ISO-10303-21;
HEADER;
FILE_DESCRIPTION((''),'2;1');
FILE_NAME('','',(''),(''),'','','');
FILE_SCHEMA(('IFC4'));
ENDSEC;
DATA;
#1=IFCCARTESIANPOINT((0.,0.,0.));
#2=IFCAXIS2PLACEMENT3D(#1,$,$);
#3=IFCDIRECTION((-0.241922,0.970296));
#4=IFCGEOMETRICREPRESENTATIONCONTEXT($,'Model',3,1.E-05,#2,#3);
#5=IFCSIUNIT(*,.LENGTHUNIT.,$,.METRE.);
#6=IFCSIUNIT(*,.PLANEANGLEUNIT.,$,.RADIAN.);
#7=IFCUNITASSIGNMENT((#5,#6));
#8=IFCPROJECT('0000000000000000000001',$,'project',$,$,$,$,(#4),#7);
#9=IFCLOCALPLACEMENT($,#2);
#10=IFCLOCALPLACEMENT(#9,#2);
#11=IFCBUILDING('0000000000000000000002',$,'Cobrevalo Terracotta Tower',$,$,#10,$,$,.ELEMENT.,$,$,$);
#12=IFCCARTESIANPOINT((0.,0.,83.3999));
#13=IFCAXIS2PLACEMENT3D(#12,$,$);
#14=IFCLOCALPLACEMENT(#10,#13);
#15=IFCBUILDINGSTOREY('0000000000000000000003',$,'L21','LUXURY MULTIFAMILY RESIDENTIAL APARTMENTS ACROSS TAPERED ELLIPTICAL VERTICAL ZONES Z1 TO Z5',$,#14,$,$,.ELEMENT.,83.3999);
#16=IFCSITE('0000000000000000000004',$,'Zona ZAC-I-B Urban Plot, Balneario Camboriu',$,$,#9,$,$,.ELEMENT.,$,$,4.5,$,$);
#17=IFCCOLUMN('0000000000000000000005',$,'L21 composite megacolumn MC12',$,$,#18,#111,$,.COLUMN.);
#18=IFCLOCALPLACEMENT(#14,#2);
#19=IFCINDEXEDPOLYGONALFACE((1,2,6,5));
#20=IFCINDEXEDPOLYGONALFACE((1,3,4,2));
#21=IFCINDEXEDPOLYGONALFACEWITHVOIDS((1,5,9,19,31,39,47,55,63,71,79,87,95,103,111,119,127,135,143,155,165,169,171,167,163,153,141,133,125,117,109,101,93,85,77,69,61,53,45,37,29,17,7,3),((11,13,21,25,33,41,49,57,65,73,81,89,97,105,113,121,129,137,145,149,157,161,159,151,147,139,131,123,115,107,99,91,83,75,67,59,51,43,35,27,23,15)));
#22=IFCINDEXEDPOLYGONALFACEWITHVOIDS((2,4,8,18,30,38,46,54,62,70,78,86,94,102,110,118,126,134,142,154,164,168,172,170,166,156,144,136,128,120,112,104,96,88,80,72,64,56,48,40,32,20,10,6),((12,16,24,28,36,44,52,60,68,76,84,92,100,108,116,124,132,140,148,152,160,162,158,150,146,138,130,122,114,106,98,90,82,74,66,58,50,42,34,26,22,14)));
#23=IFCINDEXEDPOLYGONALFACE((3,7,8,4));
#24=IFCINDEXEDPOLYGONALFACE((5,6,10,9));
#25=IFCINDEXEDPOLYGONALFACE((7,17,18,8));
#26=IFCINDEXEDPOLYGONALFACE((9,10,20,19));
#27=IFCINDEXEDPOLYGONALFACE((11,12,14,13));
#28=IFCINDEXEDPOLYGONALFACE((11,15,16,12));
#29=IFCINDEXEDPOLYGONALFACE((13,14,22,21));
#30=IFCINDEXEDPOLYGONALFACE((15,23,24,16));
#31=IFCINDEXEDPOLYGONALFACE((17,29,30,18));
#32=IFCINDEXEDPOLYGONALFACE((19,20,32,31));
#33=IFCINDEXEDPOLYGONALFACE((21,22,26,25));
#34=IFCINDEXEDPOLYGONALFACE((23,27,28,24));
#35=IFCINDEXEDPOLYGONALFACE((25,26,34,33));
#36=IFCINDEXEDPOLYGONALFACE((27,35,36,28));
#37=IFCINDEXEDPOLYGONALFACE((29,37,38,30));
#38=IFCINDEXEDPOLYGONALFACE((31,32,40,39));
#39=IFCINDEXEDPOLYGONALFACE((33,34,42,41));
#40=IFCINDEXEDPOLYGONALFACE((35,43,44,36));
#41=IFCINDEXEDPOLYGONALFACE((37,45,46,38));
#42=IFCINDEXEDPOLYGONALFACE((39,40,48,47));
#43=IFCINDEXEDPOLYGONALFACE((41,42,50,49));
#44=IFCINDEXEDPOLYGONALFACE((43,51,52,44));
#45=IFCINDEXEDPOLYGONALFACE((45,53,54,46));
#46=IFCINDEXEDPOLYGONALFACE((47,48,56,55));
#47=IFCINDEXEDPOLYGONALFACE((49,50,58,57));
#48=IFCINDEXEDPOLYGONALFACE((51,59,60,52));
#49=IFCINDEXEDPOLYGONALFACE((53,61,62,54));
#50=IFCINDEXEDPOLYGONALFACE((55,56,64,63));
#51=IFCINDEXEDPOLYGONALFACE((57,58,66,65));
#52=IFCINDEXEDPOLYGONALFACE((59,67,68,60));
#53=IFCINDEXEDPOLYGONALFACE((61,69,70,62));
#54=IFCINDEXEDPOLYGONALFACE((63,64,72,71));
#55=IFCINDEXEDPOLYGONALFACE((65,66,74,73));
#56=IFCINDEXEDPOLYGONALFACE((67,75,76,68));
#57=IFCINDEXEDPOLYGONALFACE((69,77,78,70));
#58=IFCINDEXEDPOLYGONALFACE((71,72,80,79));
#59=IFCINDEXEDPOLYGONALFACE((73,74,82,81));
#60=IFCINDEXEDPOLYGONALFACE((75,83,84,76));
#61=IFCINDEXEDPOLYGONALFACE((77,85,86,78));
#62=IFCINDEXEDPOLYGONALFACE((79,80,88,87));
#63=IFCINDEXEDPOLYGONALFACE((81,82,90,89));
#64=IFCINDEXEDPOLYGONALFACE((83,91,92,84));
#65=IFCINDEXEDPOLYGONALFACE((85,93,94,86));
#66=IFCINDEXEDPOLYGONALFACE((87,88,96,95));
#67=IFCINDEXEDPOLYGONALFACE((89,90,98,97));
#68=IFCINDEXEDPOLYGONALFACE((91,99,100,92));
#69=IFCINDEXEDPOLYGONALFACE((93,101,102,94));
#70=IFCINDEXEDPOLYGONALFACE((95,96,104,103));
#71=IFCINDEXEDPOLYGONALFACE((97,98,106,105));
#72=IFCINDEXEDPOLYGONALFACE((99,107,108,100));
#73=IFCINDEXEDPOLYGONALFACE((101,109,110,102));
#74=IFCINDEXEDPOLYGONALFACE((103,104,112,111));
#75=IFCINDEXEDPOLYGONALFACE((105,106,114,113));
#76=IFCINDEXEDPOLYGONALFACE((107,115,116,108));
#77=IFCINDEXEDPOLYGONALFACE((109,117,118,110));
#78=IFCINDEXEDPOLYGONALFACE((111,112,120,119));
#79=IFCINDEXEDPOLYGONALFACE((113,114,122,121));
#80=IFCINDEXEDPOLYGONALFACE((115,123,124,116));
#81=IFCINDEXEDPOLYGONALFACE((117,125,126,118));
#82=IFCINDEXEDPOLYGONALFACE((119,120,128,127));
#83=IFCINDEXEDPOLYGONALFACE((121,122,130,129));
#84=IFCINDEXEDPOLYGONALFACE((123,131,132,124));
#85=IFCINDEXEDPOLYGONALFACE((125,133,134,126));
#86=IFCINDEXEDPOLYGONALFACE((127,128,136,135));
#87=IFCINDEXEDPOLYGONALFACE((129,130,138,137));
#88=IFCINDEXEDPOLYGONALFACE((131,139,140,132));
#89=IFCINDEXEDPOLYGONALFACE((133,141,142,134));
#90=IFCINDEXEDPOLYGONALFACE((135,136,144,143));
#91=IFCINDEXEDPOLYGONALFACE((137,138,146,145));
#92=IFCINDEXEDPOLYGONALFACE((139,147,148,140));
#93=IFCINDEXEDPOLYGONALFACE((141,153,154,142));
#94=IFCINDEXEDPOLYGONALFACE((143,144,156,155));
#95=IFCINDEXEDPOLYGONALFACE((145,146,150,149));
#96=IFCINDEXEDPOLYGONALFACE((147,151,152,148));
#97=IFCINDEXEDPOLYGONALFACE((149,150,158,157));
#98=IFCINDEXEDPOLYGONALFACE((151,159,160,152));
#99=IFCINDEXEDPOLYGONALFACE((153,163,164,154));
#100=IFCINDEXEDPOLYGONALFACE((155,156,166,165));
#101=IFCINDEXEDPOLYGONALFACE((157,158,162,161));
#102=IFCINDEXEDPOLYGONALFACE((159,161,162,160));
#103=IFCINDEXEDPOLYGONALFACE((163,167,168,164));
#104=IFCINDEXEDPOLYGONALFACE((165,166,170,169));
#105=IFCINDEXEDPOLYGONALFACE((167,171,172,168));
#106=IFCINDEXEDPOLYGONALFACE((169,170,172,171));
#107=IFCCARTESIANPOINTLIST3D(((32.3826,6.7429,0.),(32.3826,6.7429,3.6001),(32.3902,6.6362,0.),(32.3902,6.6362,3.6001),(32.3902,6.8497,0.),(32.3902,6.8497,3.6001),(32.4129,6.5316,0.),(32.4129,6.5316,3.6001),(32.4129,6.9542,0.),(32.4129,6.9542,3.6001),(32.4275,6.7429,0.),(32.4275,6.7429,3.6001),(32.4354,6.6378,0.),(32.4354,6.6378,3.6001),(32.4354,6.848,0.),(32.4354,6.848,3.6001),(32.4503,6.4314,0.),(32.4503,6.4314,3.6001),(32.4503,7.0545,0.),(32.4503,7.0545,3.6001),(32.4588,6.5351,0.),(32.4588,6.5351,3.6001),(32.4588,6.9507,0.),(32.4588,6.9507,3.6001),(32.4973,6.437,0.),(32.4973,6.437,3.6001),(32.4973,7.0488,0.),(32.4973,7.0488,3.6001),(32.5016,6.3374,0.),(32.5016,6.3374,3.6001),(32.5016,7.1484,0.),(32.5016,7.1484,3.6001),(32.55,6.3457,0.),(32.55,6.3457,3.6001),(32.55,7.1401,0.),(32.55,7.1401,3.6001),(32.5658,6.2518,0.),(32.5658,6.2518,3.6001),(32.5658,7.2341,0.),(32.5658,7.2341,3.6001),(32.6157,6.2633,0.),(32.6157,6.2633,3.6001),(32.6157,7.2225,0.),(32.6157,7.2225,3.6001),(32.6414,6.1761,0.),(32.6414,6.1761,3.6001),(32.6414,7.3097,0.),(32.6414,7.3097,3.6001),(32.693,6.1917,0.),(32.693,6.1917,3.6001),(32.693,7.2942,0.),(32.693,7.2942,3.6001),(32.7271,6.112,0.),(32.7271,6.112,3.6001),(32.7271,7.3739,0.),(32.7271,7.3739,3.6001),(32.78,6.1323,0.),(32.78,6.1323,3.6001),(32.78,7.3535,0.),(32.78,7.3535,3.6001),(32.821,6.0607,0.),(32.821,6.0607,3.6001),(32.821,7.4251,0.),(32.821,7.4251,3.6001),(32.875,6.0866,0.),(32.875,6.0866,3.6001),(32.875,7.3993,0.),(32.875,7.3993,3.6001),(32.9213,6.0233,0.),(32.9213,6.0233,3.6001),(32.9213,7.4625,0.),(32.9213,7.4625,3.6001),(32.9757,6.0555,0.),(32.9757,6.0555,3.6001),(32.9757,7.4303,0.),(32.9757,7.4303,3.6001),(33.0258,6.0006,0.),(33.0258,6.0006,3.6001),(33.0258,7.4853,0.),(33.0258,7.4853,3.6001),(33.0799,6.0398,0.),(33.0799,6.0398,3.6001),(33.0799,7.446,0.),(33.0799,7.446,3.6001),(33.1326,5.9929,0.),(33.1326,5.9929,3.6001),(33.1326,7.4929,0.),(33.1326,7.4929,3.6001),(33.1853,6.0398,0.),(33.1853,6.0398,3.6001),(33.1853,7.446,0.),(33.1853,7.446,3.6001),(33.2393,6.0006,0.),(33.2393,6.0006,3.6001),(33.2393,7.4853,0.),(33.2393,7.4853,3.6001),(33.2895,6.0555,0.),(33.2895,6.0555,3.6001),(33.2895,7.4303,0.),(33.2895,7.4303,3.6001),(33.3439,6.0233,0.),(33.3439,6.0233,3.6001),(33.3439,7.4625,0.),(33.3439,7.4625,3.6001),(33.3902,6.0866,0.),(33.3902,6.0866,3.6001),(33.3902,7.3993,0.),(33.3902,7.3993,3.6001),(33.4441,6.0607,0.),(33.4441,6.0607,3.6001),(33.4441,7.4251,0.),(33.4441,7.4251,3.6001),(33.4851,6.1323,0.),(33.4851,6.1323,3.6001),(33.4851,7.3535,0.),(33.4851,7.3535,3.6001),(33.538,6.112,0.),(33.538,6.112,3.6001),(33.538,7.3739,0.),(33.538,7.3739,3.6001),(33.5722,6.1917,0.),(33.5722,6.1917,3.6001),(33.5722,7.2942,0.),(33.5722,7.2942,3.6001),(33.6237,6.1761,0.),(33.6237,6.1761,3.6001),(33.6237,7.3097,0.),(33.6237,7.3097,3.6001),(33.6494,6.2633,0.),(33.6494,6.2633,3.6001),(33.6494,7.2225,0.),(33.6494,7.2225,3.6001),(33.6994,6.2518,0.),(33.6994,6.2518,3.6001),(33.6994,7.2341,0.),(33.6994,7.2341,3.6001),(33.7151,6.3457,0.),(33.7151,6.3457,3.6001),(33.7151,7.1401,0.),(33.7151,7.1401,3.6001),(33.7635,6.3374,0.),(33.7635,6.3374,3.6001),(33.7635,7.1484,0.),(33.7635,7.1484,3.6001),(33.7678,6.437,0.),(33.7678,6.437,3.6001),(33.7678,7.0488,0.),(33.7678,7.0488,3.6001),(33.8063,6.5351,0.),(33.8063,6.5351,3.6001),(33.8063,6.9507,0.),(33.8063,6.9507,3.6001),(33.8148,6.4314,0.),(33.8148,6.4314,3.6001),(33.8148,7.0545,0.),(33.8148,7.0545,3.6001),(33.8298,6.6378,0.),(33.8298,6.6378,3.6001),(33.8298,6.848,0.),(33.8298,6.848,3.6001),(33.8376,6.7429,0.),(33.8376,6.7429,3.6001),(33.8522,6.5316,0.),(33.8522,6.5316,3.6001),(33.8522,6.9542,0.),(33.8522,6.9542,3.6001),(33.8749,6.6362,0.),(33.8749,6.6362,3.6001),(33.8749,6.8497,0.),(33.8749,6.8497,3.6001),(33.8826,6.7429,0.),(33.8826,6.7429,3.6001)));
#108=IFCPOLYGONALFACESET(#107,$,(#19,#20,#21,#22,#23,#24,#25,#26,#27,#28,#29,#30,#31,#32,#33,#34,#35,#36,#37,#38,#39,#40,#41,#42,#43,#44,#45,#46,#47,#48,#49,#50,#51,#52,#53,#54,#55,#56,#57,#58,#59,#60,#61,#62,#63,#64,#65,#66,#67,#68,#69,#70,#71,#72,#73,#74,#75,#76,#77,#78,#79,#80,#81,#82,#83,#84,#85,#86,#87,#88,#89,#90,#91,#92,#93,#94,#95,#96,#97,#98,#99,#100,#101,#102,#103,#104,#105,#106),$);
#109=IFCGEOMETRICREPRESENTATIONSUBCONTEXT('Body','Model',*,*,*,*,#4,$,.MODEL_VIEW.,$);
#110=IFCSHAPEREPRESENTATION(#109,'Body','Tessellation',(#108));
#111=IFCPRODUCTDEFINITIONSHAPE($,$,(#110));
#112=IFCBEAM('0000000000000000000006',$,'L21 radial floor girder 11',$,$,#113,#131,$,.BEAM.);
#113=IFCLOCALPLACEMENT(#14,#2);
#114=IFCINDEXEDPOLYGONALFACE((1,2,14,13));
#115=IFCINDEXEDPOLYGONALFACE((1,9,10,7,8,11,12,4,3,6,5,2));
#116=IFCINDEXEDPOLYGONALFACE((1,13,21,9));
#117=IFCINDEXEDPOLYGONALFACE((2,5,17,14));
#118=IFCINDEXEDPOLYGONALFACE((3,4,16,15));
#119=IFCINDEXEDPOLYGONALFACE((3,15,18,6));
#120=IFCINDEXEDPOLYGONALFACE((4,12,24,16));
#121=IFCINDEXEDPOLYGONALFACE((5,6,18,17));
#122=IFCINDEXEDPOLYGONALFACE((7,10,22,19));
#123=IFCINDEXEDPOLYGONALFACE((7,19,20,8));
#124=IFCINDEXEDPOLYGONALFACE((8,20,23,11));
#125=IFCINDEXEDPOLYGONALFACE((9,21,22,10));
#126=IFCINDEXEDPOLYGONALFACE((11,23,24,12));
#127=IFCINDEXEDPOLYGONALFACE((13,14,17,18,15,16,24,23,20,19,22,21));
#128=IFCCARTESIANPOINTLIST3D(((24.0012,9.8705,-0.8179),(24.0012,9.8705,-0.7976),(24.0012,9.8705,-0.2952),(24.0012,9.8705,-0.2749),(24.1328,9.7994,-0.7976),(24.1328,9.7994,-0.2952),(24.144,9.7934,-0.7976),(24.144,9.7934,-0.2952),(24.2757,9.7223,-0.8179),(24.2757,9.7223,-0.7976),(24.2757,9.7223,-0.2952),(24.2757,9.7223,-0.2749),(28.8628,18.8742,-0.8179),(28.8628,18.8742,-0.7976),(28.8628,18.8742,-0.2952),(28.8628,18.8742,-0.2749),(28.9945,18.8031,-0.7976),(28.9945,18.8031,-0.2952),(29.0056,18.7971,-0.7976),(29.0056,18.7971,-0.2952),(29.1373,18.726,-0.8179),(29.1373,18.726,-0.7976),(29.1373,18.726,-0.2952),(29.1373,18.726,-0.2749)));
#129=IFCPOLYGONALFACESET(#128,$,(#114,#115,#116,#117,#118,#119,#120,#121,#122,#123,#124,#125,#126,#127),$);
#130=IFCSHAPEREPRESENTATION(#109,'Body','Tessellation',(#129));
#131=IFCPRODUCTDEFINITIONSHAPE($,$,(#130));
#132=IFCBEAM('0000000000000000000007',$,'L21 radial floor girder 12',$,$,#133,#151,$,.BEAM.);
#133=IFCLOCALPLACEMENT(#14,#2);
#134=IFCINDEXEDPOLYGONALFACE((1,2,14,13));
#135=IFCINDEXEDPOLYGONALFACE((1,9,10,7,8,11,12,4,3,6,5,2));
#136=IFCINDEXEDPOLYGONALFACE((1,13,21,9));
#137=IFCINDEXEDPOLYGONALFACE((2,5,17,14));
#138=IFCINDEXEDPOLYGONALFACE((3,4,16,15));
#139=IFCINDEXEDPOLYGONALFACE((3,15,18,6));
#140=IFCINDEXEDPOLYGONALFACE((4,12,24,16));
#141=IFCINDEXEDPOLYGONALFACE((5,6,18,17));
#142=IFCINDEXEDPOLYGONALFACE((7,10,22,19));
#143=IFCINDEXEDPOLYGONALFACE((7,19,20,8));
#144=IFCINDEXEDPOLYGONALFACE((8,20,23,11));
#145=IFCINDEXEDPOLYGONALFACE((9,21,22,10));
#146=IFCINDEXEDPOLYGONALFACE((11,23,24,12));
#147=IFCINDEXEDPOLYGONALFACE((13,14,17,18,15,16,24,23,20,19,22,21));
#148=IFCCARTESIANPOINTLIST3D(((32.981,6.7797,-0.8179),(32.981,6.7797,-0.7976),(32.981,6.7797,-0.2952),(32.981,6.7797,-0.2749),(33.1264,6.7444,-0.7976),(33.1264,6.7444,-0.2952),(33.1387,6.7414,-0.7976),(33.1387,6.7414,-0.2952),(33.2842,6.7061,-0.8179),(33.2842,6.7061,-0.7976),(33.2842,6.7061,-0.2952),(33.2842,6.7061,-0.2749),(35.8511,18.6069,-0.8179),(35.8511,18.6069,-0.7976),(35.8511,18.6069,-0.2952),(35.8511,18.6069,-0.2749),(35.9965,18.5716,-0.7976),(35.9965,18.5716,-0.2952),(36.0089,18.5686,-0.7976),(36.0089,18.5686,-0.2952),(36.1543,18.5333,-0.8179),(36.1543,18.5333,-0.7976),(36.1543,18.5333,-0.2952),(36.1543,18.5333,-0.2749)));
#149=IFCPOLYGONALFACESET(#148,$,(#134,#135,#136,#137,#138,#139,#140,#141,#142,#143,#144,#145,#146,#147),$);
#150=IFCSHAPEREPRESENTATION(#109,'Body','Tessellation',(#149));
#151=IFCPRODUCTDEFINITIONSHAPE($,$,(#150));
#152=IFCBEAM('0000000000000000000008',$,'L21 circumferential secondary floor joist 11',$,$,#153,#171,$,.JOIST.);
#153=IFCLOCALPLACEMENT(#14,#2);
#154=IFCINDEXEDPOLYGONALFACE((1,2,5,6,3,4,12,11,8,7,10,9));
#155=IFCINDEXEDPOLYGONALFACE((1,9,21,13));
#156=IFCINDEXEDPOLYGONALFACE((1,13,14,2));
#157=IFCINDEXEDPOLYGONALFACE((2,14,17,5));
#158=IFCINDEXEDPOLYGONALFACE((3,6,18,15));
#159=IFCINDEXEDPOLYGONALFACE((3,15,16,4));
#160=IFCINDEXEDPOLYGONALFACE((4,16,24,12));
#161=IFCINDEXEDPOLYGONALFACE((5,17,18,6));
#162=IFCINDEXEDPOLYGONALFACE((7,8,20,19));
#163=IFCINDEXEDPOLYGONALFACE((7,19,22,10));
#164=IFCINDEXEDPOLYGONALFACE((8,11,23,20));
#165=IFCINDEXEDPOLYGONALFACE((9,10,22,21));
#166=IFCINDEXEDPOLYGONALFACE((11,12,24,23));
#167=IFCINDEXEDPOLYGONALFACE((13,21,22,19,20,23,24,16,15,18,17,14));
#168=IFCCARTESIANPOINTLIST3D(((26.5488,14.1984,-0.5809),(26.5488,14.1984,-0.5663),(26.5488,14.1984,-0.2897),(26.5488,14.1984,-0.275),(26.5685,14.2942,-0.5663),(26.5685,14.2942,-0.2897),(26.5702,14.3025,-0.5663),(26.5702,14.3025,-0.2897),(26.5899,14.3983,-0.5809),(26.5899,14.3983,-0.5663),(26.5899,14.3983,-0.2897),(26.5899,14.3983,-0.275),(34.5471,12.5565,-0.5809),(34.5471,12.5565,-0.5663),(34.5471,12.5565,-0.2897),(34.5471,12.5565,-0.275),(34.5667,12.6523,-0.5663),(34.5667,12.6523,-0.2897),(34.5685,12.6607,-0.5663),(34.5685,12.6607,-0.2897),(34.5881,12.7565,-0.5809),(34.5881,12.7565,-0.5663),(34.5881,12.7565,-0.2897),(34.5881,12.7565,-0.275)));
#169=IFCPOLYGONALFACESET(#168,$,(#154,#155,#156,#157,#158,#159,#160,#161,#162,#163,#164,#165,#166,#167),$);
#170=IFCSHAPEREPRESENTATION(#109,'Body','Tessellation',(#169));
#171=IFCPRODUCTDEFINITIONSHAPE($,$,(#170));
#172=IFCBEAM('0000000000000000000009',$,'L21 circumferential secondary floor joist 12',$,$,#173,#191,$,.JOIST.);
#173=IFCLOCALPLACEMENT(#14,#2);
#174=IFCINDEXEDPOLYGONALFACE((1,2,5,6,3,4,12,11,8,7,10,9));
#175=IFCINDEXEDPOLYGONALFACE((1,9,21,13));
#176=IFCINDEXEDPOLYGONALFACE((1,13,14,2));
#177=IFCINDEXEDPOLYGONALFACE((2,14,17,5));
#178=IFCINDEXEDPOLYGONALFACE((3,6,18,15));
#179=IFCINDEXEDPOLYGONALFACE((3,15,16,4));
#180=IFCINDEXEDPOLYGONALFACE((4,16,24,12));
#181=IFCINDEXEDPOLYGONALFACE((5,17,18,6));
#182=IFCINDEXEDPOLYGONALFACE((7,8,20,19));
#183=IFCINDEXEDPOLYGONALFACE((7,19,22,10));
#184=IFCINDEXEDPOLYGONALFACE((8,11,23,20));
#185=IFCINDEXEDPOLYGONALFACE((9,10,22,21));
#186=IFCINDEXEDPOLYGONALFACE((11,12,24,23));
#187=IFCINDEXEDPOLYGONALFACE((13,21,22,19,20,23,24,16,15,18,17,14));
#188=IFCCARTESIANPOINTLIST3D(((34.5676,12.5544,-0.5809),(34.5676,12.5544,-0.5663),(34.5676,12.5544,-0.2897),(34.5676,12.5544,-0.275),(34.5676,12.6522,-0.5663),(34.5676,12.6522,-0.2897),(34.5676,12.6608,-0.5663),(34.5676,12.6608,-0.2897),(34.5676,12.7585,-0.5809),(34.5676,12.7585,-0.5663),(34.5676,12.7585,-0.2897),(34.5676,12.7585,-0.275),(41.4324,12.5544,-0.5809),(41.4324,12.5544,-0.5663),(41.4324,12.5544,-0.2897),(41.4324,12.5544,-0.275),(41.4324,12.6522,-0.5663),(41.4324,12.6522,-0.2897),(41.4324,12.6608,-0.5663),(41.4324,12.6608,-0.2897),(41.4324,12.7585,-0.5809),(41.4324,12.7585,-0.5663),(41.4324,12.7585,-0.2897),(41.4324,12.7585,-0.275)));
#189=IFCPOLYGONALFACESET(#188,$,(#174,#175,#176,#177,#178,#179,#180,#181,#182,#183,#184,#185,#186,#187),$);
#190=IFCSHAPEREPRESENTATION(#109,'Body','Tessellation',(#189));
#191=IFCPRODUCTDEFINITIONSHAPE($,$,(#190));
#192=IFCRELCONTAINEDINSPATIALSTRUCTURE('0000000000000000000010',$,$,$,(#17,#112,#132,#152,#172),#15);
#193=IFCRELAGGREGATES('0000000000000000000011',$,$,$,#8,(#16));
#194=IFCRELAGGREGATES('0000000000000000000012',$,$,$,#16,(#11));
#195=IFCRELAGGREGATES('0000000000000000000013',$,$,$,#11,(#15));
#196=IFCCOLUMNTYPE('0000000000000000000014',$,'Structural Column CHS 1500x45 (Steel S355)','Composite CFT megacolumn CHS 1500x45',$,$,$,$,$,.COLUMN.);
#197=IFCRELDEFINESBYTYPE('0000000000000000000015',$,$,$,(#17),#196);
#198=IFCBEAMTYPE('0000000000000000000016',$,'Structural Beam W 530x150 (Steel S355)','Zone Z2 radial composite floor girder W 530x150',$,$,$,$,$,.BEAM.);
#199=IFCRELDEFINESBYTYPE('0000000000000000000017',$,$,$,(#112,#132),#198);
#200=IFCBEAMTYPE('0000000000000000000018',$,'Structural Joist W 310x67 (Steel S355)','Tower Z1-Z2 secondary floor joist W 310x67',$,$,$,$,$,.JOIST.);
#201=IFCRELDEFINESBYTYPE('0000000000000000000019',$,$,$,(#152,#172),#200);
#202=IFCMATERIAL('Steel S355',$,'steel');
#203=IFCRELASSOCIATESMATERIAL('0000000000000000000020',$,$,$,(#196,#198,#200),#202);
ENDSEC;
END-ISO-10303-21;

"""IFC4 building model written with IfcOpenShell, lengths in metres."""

from ifc_helpers import new_model, si_unit, direction, frame, origin, origin_2d, place, context, subcontext, project, spatial, hollow_circle, i_section, extrude, material, material_profile, profile_set, type_object, element, save


model = new_model("IFC4")

# Units and contexts
model_context = context("Model", 3, precision=1e-05, world=origin(), true_north=direction((-0.241922, 0.970296)))
body_context = subcontext(model_context, "Body", "Model", "MODEL_VIEW")
ifc_project = project(units=[si_unit("LENGTHUNIT", "METRE"), si_unit("PLANEANGLEUNIT", "RADIAN")], contexts=[model_context])

# Site, building, storey
site_placement = place(None, origin())
site = spatial("IfcSite", under=ifc_project, at=site_placement, Name="Zona ZAC-I-B Urban Plot, Balneario Camboriu", CompositionType="ELEMENT", RefElevation=4.5)
building_placement = place(site_placement, origin())
building = spatial("IfcBuilding", under=site, at=building_placement, Name="Cobrevalo Terracotta Tower", CompositionType="ELEMENT")
storey_placement = place(building_placement, frame((0.0, 0.0, 83.3999)))
storey = spatial("IfcBuildingStorey", under=building, at=storey_placement, Name="L21", Description="LUXURY MULTIFAMILY RESIDENTIAL APARTMENTS ACROSS TAPERED ELLIPTICAL VERTICAL ZONES Z1 TO Z5", CompositionType="ELEMENT", Elevation=83.3999)

# Column
ifc_material_1 = material(Name="Steel S355", Category="steel")
ifc_material_profile_1 = material_profile(ifc_material_1, hollow_circle(Radius=0.75, WallThickness=0.0449, at=origin_2d()), Name="CHS 1500x45")
ifc_profile_set_1 = profile_set([ifc_material_profile_1], Name="Steel S355")
column_type = type_object("IfcColumnType", Name="Structural Column CHS 1500x45 (Steel S355)", Description="Composite CFT megacolumn CHS 1500x45", PredefinedType="COLUMN", material=ifc_profile_set_1)
column_placement = place(storey_placement, frame((33.1326, 6.7429, 0.0), z_axis=(0.0, 0.0, 1.0), x_axis=(1.0, 0.0, 0.0)))
element("IfcColumn", 1, at=column_placement, inside=storey, type_object=column_type, Name="L21 composite megacolumn MC12", PredefinedType="COLUMN", context=body_context, shape_type="SweptSolid", body=[
    extrude(hollow_circle(Radius=0.75, WallThickness=0.0449, at=origin_2d()), origin(), (0.0, 0.0, 1.0), 3.6001),
])

# Beams
ifc_material_profile_2 = material_profile(ifc_material_1, i_section(OverallWidth=0.312, OverallDepth=0.543, WebThickness=0.0127, FlangeThickness=0.0203, at=origin_2d()), Name="W 530x150")
ifc_profile_set_2 = profile_set([ifc_material_profile_2], Name="Steel S355")
beam_type_1 = type_object("IfcBeamType", Name="Structural Beam W 530x150 (Steel S355)", Description="Zone Z2 radial composite floor girder W 530x150", PredefinedType="BEAM", material=ifc_profile_set_2)
beam_1_placement = place(storey_placement, frame((24.1384, 9.7964, -0.5464), z_axis=(0.475118, 0.879922, 0.0), x_axis=(-0.879922, 0.475118, 0.0)))
element("IfcBeam", 2, at=beam_1_placement, inside=storey, type_object=beam_type_1, Name="L21 radial floor girder 11", PredefinedType="BEAM", context=body_context, shape_type="SweptSolid", body=[
    extrude(i_section(OverallWidth=0.312, OverallDepth=0.543, WebThickness=0.0127, FlangeThickness=0.0203, at=origin_2d()), origin(), (0.0, 0.0, 1.0), 10.2324),
])
beam_2_placement = place(storey_placement, frame((33.1326, 6.7429, -0.5464), z_axis=(0.235827, 0.971795, 0.0), x_axis=(-0.971795, 0.235827, 0.0)))
element("IfcBeam", 3, at=beam_2_placement, inside=storey, type_object=beam_type_1, Name="L21 radial floor girder 12", PredefinedType="BEAM", context=body_context, shape_type="SweptSolid", body=[
    extrude(i_section(OverallWidth=0.312, OverallDepth=0.543, WebThickness=0.0127, FlangeThickness=0.0203, at=origin_2d()), origin(), (0.0, 0.0, 1.0), 12.1704),
])
ifc_material_profile_3 = material_profile(ifc_material_1, i_section(OverallWidth=0.2041, OverallDepth=0.3059, WebThickness=0.0085, FlangeThickness=0.0146, at=origin_2d()), Name="W 310x67")
ifc_profile_set_3 = profile_set([ifc_material_profile_3], Name="Steel S355")
beam_type_2 = type_object("IfcBeamType", Name="Structural Joist W 310x67 (Steel S355)", Description="Tower Z1-Z2 secondary floor joist W 310x67", PredefinedType="JOIST", material=ifc_profile_set_3)
beam_3_placement = place(storey_placement, frame((26.5693, 14.2983, -0.428), z_axis=(0.979574, -0.201082, 0.0), x_axis=(0.201082, 0.979574, 0.0)))
element("IfcBeam", 4, at=beam_3_placement, inside=storey, type_object=beam_type_2, Name="L21 circumferential secondary floor joist 11", PredefinedType="JOIST", context=body_context, shape_type="SweptSolid", body=[
    extrude(i_section(OverallWidth=0.2041, OverallDepth=0.3059, WebThickness=0.0085, FlangeThickness=0.0146, at=origin_2d()), origin(), (0.0, 0.0, 1.0), 8.165),
])
beam_4_placement = place(storey_placement, frame((34.5676, 12.6565, -0.428), z_axis=(1.0, 0.0, 0.0), x_axis=(0.0, 1.0, 0.0)))
element("IfcBeam", 5, at=beam_4_placement, inside=storey, type_object=beam_type_2, Name="L21 circumferential secondary floor joist 12", PredefinedType="JOIST", context=body_context, shape_type="SweptSolid", body=[
    extrude(i_section(OverallWidth=0.2041, OverallDepth=0.3059, WebThickness=0.0085, FlangeThickness=0.0146, at=origin_2d()), origin(), (0.0, 0.0, 1.0), 6.8647),
])

save(model, "model.ifc")
